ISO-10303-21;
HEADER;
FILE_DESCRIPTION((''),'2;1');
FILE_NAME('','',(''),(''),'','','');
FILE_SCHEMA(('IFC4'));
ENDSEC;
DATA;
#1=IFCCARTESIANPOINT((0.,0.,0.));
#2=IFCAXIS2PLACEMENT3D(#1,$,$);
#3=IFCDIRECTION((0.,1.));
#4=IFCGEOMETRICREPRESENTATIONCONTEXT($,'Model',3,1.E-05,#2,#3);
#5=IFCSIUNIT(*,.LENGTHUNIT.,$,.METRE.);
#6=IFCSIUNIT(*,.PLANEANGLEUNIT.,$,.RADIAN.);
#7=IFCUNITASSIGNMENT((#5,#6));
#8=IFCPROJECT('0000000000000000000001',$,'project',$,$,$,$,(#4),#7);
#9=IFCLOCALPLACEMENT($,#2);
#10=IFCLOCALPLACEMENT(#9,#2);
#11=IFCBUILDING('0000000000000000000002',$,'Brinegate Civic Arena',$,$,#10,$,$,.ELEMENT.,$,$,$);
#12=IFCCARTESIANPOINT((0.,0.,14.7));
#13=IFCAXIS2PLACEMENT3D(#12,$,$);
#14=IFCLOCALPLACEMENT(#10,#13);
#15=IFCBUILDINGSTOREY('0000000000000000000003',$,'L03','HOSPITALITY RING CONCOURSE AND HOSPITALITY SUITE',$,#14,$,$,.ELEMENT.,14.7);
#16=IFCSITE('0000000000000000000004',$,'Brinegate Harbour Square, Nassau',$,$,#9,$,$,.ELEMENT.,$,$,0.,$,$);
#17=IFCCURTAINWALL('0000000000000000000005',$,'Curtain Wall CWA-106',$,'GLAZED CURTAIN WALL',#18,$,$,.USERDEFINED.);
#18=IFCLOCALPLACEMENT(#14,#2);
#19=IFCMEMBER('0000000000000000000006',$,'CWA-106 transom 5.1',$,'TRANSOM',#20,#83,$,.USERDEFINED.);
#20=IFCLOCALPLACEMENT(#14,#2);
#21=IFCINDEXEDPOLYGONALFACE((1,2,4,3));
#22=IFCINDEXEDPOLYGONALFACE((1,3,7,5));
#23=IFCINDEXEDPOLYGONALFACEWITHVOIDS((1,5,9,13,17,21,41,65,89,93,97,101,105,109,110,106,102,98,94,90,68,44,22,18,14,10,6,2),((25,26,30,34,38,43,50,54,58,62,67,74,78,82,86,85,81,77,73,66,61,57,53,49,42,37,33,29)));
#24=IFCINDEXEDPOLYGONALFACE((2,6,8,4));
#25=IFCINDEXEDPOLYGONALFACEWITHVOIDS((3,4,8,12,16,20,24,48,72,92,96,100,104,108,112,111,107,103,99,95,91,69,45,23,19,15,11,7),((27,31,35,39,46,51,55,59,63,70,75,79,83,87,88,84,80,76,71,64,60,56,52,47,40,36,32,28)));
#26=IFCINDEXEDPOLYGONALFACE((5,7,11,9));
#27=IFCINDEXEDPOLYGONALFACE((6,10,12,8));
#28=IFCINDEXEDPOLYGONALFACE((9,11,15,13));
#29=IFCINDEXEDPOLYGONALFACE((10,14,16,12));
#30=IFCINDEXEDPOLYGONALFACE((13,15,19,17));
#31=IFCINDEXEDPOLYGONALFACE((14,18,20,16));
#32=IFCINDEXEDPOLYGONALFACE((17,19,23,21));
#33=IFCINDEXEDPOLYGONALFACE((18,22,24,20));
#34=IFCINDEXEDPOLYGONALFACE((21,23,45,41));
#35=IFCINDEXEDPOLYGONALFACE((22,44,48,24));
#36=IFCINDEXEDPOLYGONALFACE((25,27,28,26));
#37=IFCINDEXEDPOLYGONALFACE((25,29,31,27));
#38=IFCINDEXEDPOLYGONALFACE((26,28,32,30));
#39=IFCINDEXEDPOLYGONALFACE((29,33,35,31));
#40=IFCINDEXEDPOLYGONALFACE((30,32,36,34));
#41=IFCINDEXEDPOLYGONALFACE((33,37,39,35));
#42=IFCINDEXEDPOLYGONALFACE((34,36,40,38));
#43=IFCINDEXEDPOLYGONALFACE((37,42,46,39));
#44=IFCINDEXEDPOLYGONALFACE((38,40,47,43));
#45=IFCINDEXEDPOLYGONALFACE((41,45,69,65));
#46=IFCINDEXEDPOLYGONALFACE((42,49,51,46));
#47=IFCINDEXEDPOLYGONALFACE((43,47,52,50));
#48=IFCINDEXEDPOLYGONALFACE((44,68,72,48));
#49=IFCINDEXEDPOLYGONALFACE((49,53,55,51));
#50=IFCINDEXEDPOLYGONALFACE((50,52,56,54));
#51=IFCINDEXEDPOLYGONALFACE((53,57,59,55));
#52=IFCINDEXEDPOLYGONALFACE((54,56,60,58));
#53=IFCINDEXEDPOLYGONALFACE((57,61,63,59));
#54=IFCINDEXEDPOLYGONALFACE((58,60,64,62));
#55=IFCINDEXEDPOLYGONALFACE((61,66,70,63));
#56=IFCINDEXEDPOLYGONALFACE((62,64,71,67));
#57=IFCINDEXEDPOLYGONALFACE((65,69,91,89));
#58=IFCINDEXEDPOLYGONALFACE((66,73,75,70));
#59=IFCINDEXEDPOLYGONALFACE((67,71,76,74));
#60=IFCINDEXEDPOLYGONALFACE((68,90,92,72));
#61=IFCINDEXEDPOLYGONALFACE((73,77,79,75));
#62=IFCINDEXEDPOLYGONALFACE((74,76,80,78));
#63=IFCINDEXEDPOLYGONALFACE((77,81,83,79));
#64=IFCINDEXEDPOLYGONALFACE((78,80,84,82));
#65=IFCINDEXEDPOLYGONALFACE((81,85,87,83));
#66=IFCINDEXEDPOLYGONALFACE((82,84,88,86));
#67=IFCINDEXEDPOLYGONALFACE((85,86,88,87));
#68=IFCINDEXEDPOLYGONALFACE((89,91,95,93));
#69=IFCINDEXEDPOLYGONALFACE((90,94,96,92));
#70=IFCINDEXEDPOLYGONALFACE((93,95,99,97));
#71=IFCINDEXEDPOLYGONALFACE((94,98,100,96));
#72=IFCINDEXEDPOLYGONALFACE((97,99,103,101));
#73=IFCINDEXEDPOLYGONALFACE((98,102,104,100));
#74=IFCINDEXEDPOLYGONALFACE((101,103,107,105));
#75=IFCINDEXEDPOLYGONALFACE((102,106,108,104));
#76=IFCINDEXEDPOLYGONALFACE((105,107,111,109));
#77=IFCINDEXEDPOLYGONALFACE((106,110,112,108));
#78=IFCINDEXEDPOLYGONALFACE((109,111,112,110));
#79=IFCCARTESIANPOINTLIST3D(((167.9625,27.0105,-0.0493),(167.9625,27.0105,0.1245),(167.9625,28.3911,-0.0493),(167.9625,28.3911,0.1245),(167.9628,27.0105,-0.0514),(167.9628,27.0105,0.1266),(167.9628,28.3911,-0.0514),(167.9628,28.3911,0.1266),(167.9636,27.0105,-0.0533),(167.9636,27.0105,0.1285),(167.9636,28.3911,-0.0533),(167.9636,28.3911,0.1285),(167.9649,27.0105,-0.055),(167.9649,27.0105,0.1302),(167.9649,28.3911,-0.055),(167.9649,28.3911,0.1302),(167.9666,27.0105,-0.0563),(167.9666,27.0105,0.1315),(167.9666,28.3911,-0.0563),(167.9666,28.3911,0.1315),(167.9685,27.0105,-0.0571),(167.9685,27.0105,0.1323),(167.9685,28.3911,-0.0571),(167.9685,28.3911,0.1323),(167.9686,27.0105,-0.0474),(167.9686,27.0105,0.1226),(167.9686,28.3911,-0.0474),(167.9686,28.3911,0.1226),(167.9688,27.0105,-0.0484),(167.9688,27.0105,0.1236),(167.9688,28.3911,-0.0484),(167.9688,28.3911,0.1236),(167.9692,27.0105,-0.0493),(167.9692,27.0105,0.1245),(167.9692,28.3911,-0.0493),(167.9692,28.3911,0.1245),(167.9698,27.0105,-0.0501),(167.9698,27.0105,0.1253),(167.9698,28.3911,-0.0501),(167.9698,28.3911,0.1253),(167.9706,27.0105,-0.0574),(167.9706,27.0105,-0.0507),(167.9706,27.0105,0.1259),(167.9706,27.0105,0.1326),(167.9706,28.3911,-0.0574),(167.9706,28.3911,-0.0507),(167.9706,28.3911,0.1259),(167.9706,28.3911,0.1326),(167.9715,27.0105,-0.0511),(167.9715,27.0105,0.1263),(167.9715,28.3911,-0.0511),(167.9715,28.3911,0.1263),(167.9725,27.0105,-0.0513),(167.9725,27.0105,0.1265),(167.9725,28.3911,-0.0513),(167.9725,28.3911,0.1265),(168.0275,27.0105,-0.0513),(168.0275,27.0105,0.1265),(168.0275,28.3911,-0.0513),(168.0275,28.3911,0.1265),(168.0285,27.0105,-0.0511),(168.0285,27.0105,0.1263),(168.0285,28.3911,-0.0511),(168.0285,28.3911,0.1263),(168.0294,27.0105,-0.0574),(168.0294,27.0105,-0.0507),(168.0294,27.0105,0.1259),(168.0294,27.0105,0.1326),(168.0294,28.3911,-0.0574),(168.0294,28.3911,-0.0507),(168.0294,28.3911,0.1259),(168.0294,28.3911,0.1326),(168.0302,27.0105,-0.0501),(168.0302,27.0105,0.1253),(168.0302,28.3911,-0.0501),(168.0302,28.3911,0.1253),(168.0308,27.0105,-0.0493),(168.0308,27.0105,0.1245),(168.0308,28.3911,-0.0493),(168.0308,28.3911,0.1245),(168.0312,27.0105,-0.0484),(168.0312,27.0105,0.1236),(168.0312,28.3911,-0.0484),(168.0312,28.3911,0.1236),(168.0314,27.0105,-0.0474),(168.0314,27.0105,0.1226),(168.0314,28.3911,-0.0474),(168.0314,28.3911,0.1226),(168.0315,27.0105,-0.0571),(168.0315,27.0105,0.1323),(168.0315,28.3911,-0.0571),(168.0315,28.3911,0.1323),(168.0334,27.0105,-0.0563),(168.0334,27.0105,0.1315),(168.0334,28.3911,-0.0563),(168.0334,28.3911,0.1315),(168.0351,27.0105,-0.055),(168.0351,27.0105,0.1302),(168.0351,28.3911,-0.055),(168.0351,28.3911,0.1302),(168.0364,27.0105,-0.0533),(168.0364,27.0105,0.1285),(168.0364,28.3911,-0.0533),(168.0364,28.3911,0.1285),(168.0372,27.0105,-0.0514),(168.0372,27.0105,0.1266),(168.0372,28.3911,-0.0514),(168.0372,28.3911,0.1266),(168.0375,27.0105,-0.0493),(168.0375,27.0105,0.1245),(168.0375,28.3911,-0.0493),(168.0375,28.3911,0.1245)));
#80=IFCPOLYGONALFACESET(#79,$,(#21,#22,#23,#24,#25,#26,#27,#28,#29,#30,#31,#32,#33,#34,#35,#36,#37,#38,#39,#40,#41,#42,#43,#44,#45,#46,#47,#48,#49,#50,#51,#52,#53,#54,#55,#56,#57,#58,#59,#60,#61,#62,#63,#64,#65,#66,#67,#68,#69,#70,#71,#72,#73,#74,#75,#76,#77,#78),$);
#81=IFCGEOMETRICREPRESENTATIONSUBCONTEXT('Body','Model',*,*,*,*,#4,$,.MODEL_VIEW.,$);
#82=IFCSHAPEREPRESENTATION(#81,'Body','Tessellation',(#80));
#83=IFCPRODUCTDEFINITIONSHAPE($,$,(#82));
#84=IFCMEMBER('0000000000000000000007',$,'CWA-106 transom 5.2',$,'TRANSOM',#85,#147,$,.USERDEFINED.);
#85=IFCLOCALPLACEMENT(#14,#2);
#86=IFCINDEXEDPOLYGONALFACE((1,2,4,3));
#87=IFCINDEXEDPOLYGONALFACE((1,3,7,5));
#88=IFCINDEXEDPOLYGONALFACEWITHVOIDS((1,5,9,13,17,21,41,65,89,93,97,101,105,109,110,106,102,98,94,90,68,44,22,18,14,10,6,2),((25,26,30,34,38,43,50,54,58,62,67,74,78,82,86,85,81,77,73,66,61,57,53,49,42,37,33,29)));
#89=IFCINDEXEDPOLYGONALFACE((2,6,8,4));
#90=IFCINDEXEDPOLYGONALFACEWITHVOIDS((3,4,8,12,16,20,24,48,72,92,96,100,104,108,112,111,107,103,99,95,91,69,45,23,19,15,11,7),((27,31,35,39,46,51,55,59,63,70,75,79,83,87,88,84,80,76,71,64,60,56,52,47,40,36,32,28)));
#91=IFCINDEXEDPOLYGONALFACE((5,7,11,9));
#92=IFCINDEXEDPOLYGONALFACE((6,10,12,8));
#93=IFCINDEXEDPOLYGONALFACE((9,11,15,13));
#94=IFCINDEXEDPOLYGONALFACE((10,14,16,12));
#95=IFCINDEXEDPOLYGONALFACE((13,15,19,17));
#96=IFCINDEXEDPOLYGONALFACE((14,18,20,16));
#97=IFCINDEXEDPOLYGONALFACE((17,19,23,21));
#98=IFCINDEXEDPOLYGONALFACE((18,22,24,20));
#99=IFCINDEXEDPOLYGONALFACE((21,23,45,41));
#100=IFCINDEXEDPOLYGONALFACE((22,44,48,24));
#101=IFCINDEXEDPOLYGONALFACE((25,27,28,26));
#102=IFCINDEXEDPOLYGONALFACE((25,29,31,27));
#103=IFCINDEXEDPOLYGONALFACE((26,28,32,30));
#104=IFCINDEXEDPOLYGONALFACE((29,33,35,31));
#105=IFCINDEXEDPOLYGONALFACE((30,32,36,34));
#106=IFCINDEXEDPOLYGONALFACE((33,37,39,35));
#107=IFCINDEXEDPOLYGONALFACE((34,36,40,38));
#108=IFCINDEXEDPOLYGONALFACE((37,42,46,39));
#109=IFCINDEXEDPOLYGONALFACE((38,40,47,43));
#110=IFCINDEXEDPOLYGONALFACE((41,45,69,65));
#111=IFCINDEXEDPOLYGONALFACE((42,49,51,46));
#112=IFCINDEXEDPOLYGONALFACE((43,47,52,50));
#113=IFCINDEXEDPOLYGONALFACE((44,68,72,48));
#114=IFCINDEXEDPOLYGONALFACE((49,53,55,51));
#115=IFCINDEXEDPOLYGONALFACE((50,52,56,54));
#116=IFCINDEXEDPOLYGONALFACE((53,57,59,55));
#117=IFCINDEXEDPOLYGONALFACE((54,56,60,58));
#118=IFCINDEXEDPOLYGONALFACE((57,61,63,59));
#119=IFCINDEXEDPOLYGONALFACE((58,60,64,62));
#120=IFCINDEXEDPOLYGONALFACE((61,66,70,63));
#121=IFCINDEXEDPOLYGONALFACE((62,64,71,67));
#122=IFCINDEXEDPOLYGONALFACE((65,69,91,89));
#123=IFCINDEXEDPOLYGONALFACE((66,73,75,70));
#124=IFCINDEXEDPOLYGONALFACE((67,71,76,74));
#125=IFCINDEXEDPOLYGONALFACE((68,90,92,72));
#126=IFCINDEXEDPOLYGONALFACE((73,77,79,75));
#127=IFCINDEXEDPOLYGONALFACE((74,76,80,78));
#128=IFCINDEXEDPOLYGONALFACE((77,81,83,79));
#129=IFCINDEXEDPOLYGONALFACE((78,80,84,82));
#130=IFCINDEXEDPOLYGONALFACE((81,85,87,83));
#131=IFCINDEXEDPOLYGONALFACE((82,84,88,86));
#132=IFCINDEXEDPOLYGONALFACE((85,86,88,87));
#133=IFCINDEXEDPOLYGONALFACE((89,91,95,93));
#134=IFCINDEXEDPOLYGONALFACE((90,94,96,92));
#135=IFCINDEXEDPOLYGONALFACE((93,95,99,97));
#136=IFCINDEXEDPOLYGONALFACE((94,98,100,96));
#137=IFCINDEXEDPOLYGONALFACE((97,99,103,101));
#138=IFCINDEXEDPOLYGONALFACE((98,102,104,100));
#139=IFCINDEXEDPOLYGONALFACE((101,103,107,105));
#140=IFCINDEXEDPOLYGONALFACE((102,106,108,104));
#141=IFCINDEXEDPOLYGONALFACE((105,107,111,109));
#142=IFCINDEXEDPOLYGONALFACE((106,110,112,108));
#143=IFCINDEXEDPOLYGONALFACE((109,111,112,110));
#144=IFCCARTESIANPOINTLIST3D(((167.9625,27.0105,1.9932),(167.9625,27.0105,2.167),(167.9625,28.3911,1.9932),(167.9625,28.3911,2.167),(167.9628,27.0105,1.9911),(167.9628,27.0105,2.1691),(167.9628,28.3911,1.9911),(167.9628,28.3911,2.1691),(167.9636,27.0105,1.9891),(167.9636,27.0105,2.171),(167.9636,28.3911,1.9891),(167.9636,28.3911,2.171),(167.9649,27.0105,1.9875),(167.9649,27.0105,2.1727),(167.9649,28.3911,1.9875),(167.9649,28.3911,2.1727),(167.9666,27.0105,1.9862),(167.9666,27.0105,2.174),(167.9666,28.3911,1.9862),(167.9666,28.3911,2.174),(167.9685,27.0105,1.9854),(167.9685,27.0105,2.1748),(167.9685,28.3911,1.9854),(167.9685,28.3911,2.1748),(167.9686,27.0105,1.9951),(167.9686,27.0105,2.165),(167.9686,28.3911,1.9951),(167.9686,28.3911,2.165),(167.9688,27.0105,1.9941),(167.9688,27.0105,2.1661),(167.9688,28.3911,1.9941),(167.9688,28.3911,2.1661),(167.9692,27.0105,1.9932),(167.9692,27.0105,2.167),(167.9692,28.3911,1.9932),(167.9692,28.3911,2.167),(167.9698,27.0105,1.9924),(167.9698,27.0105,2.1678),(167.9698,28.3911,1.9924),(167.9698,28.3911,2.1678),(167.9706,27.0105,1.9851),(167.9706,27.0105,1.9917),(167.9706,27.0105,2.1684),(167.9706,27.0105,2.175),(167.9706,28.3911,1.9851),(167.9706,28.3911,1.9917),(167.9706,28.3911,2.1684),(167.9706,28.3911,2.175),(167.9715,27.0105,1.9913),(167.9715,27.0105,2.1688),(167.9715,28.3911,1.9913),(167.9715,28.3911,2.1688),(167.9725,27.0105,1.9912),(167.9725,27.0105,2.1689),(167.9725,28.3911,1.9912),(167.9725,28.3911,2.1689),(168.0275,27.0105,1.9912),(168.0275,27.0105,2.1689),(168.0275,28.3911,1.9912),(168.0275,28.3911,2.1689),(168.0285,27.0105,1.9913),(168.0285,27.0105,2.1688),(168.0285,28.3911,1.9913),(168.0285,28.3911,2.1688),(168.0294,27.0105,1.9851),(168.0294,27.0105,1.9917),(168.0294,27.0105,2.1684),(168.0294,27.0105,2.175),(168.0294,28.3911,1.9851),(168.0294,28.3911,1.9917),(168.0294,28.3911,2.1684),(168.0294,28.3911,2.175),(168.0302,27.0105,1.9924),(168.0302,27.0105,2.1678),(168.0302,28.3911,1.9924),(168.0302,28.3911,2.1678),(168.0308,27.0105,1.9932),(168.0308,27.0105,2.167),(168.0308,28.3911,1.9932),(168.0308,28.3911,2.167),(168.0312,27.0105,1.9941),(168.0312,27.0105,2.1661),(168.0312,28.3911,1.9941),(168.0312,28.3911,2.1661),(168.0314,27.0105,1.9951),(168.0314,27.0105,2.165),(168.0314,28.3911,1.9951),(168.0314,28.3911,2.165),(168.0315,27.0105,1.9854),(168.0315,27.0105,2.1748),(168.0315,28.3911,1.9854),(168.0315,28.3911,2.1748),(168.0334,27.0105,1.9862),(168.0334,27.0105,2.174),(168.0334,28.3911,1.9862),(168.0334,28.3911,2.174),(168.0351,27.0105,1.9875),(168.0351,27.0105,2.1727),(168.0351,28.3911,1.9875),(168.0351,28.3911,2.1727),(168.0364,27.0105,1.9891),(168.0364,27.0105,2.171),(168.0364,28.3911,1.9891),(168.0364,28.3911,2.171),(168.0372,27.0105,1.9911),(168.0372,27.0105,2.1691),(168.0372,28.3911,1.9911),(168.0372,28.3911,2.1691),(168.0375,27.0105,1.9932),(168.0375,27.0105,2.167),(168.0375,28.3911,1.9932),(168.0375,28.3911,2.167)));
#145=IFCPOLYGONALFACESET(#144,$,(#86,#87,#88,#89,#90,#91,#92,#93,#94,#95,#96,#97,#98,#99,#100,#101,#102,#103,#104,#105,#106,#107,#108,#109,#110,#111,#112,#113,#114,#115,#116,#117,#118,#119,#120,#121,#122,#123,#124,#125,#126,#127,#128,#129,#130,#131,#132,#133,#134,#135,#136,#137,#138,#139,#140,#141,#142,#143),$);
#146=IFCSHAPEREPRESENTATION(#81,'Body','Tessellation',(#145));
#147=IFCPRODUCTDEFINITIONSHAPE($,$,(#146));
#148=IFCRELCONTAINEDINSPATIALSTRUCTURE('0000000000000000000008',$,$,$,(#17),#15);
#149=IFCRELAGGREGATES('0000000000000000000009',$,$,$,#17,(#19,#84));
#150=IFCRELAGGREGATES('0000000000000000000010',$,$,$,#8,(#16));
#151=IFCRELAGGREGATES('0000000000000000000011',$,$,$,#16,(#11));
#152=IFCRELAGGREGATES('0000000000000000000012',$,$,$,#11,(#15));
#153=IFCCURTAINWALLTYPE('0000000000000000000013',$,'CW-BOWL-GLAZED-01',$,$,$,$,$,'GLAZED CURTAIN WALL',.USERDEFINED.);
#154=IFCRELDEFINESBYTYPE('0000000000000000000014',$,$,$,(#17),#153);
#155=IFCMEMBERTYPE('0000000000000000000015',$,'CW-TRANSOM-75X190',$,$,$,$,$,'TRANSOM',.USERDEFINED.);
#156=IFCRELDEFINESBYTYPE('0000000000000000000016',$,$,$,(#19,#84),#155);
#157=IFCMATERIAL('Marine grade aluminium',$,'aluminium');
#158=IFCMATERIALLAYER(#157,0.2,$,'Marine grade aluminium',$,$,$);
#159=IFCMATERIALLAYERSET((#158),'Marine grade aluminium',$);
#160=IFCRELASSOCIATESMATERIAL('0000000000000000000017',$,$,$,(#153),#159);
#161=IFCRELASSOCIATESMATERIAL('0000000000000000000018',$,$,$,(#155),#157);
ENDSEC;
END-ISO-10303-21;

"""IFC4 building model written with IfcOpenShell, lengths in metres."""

from ifc_helpers import new_model, si_unit, direction, frame, origin, origin_2d, place, context, subcontext, project, spatial, hollow_rectangle, extrude, material, layer, layer_set, material_profile, profile_set, type_object, element, aggregate, save


model = new_model("IFC4")

# Units and contexts
model_context = context("Model", 3, precision=1e-05, world=origin(), true_north=direction((0.0, 1.0)))
body_context = subcontext(model_context, "Body", "Model", "MODEL_VIEW")
ifc_project = project(units=[si_unit("LENGTHUNIT", "METRE"), si_unit("PLANEANGLEUNIT", "RADIAN")], contexts=[model_context])

# Site, building, storey
site_placement = place(None, origin())
site = spatial("IfcSite", under=ifc_project, at=site_placement, Name="Brinegate Harbour Square, Nassau", CompositionType="ELEMENT", RefElevation=0.0)
building_placement = place(site_placement, origin())
building = spatial("IfcBuilding", under=site, at=building_placement, Name="Brinegate Civic Arena", CompositionType="ELEMENT")
storey_placement = place(building_placement, frame((0.0, 0.0, 14.7)))
storey = spatial("IfcBuildingStorey", under=building, at=storey_placement, Name="L03", Description="HOSPITALITY RING CONCOURSE AND HOSPITALITY SUITE", CompositionType="ELEMENT", Elevation=14.7)

# Shared definitions
ifc_material_1 = material(Name="Marine grade aluminium", Category="aluminium")
ifc_layer_1 = layer(ifc_material_1, 0.2, Name="Marine grade aluminium")
ifc_layer_set_1 = layer_set([ifc_layer_1], Name="Marine grade aluminium")
curtain_wall_type = type_object("IfcCurtainWallType", Name="CW-BOWL-GLAZED-01", ElementType="GLAZED CURTAIN WALL", PredefinedType="USERDEFINED", material=ifc_layer_set_1)

# Curtain wall, members
curtain_wall_1_placement = place(storey_placement, origin())
curtain_wall_1 = element("IfcCurtainWall", 1, at=curtain_wall_1_placement, inside=storey, type_object=curtain_wall_type, Name="Curtain Wall CWA-106", ObjectType="GLAZED CURTAIN WALL", PredefinedType="USERDEFINED")
ifc_material_profile_1 = material_profile(ifc_material_1, hollow_rectangle(XDim=0.075, YDim=0.1899, WallThickness=0.0061, InnerFilletRadius=0.0039, OuterFilletRadius=0.0081, at=origin_2d()), Name="TRN75X190")
ifc_profile_set_1 = profile_set([ifc_material_profile_1], Name="Marine grade aluminium")
member_type_1 = type_object("IfcMemberType", Name="CW-TRANSOM-75X190", ElementType="TRANSOM", PredefinedType="USERDEFINED", material=ifc_profile_set_1)
member_1_placement = place(storey_placement, frame((168.0, 27.0105, 0.0376), z_axis=(0.0, 1.0, 0.0), x_axis=(-1.0, 0.0, 0.0)))
member_1 = element("IfcMember", 2, at=member_1_placement, type_object=member_type_1, Name="CWA-106 transom 5.1", ObjectType="TRANSOM", PredefinedType="USERDEFINED", context=body_context, shape_type="SweptSolid", body=[
    extrude(hollow_rectangle(XDim=0.075, YDim=0.1899, WallThickness=0.0061, InnerFilletRadius=0.0039, OuterFilletRadius=0.0081, at=origin_2d()), origin(), (0.0, 0.0, 1.0), 1.3806),
])
member_2_placement = place(storey_placement, frame((168.0, 27.0105, 2.0801), z_axis=(0.0, 1.0, 0.0), x_axis=(-1.0, 0.0, 0.0)))
member_2 = element("IfcMember", 3, at=member_2_placement, type_object=member_type_1, Name="CWA-106 transom 5.2", ObjectType="TRANSOM", PredefinedType="USERDEFINED", context=body_context, shape_type="SweptSolid", body=[
    extrude(hollow_rectangle(XDim=0.075, YDim=0.1899, WallThickness=0.0061, InnerFilletRadius=0.0039, OuterFilletRadius=0.0081, at=origin_2d()), origin(), (0.0, 0.0, 1.0), 1.3806),
])

aggregate(curtain_wall_1, [member_1, member_2])

save(model, "model.ifc")
